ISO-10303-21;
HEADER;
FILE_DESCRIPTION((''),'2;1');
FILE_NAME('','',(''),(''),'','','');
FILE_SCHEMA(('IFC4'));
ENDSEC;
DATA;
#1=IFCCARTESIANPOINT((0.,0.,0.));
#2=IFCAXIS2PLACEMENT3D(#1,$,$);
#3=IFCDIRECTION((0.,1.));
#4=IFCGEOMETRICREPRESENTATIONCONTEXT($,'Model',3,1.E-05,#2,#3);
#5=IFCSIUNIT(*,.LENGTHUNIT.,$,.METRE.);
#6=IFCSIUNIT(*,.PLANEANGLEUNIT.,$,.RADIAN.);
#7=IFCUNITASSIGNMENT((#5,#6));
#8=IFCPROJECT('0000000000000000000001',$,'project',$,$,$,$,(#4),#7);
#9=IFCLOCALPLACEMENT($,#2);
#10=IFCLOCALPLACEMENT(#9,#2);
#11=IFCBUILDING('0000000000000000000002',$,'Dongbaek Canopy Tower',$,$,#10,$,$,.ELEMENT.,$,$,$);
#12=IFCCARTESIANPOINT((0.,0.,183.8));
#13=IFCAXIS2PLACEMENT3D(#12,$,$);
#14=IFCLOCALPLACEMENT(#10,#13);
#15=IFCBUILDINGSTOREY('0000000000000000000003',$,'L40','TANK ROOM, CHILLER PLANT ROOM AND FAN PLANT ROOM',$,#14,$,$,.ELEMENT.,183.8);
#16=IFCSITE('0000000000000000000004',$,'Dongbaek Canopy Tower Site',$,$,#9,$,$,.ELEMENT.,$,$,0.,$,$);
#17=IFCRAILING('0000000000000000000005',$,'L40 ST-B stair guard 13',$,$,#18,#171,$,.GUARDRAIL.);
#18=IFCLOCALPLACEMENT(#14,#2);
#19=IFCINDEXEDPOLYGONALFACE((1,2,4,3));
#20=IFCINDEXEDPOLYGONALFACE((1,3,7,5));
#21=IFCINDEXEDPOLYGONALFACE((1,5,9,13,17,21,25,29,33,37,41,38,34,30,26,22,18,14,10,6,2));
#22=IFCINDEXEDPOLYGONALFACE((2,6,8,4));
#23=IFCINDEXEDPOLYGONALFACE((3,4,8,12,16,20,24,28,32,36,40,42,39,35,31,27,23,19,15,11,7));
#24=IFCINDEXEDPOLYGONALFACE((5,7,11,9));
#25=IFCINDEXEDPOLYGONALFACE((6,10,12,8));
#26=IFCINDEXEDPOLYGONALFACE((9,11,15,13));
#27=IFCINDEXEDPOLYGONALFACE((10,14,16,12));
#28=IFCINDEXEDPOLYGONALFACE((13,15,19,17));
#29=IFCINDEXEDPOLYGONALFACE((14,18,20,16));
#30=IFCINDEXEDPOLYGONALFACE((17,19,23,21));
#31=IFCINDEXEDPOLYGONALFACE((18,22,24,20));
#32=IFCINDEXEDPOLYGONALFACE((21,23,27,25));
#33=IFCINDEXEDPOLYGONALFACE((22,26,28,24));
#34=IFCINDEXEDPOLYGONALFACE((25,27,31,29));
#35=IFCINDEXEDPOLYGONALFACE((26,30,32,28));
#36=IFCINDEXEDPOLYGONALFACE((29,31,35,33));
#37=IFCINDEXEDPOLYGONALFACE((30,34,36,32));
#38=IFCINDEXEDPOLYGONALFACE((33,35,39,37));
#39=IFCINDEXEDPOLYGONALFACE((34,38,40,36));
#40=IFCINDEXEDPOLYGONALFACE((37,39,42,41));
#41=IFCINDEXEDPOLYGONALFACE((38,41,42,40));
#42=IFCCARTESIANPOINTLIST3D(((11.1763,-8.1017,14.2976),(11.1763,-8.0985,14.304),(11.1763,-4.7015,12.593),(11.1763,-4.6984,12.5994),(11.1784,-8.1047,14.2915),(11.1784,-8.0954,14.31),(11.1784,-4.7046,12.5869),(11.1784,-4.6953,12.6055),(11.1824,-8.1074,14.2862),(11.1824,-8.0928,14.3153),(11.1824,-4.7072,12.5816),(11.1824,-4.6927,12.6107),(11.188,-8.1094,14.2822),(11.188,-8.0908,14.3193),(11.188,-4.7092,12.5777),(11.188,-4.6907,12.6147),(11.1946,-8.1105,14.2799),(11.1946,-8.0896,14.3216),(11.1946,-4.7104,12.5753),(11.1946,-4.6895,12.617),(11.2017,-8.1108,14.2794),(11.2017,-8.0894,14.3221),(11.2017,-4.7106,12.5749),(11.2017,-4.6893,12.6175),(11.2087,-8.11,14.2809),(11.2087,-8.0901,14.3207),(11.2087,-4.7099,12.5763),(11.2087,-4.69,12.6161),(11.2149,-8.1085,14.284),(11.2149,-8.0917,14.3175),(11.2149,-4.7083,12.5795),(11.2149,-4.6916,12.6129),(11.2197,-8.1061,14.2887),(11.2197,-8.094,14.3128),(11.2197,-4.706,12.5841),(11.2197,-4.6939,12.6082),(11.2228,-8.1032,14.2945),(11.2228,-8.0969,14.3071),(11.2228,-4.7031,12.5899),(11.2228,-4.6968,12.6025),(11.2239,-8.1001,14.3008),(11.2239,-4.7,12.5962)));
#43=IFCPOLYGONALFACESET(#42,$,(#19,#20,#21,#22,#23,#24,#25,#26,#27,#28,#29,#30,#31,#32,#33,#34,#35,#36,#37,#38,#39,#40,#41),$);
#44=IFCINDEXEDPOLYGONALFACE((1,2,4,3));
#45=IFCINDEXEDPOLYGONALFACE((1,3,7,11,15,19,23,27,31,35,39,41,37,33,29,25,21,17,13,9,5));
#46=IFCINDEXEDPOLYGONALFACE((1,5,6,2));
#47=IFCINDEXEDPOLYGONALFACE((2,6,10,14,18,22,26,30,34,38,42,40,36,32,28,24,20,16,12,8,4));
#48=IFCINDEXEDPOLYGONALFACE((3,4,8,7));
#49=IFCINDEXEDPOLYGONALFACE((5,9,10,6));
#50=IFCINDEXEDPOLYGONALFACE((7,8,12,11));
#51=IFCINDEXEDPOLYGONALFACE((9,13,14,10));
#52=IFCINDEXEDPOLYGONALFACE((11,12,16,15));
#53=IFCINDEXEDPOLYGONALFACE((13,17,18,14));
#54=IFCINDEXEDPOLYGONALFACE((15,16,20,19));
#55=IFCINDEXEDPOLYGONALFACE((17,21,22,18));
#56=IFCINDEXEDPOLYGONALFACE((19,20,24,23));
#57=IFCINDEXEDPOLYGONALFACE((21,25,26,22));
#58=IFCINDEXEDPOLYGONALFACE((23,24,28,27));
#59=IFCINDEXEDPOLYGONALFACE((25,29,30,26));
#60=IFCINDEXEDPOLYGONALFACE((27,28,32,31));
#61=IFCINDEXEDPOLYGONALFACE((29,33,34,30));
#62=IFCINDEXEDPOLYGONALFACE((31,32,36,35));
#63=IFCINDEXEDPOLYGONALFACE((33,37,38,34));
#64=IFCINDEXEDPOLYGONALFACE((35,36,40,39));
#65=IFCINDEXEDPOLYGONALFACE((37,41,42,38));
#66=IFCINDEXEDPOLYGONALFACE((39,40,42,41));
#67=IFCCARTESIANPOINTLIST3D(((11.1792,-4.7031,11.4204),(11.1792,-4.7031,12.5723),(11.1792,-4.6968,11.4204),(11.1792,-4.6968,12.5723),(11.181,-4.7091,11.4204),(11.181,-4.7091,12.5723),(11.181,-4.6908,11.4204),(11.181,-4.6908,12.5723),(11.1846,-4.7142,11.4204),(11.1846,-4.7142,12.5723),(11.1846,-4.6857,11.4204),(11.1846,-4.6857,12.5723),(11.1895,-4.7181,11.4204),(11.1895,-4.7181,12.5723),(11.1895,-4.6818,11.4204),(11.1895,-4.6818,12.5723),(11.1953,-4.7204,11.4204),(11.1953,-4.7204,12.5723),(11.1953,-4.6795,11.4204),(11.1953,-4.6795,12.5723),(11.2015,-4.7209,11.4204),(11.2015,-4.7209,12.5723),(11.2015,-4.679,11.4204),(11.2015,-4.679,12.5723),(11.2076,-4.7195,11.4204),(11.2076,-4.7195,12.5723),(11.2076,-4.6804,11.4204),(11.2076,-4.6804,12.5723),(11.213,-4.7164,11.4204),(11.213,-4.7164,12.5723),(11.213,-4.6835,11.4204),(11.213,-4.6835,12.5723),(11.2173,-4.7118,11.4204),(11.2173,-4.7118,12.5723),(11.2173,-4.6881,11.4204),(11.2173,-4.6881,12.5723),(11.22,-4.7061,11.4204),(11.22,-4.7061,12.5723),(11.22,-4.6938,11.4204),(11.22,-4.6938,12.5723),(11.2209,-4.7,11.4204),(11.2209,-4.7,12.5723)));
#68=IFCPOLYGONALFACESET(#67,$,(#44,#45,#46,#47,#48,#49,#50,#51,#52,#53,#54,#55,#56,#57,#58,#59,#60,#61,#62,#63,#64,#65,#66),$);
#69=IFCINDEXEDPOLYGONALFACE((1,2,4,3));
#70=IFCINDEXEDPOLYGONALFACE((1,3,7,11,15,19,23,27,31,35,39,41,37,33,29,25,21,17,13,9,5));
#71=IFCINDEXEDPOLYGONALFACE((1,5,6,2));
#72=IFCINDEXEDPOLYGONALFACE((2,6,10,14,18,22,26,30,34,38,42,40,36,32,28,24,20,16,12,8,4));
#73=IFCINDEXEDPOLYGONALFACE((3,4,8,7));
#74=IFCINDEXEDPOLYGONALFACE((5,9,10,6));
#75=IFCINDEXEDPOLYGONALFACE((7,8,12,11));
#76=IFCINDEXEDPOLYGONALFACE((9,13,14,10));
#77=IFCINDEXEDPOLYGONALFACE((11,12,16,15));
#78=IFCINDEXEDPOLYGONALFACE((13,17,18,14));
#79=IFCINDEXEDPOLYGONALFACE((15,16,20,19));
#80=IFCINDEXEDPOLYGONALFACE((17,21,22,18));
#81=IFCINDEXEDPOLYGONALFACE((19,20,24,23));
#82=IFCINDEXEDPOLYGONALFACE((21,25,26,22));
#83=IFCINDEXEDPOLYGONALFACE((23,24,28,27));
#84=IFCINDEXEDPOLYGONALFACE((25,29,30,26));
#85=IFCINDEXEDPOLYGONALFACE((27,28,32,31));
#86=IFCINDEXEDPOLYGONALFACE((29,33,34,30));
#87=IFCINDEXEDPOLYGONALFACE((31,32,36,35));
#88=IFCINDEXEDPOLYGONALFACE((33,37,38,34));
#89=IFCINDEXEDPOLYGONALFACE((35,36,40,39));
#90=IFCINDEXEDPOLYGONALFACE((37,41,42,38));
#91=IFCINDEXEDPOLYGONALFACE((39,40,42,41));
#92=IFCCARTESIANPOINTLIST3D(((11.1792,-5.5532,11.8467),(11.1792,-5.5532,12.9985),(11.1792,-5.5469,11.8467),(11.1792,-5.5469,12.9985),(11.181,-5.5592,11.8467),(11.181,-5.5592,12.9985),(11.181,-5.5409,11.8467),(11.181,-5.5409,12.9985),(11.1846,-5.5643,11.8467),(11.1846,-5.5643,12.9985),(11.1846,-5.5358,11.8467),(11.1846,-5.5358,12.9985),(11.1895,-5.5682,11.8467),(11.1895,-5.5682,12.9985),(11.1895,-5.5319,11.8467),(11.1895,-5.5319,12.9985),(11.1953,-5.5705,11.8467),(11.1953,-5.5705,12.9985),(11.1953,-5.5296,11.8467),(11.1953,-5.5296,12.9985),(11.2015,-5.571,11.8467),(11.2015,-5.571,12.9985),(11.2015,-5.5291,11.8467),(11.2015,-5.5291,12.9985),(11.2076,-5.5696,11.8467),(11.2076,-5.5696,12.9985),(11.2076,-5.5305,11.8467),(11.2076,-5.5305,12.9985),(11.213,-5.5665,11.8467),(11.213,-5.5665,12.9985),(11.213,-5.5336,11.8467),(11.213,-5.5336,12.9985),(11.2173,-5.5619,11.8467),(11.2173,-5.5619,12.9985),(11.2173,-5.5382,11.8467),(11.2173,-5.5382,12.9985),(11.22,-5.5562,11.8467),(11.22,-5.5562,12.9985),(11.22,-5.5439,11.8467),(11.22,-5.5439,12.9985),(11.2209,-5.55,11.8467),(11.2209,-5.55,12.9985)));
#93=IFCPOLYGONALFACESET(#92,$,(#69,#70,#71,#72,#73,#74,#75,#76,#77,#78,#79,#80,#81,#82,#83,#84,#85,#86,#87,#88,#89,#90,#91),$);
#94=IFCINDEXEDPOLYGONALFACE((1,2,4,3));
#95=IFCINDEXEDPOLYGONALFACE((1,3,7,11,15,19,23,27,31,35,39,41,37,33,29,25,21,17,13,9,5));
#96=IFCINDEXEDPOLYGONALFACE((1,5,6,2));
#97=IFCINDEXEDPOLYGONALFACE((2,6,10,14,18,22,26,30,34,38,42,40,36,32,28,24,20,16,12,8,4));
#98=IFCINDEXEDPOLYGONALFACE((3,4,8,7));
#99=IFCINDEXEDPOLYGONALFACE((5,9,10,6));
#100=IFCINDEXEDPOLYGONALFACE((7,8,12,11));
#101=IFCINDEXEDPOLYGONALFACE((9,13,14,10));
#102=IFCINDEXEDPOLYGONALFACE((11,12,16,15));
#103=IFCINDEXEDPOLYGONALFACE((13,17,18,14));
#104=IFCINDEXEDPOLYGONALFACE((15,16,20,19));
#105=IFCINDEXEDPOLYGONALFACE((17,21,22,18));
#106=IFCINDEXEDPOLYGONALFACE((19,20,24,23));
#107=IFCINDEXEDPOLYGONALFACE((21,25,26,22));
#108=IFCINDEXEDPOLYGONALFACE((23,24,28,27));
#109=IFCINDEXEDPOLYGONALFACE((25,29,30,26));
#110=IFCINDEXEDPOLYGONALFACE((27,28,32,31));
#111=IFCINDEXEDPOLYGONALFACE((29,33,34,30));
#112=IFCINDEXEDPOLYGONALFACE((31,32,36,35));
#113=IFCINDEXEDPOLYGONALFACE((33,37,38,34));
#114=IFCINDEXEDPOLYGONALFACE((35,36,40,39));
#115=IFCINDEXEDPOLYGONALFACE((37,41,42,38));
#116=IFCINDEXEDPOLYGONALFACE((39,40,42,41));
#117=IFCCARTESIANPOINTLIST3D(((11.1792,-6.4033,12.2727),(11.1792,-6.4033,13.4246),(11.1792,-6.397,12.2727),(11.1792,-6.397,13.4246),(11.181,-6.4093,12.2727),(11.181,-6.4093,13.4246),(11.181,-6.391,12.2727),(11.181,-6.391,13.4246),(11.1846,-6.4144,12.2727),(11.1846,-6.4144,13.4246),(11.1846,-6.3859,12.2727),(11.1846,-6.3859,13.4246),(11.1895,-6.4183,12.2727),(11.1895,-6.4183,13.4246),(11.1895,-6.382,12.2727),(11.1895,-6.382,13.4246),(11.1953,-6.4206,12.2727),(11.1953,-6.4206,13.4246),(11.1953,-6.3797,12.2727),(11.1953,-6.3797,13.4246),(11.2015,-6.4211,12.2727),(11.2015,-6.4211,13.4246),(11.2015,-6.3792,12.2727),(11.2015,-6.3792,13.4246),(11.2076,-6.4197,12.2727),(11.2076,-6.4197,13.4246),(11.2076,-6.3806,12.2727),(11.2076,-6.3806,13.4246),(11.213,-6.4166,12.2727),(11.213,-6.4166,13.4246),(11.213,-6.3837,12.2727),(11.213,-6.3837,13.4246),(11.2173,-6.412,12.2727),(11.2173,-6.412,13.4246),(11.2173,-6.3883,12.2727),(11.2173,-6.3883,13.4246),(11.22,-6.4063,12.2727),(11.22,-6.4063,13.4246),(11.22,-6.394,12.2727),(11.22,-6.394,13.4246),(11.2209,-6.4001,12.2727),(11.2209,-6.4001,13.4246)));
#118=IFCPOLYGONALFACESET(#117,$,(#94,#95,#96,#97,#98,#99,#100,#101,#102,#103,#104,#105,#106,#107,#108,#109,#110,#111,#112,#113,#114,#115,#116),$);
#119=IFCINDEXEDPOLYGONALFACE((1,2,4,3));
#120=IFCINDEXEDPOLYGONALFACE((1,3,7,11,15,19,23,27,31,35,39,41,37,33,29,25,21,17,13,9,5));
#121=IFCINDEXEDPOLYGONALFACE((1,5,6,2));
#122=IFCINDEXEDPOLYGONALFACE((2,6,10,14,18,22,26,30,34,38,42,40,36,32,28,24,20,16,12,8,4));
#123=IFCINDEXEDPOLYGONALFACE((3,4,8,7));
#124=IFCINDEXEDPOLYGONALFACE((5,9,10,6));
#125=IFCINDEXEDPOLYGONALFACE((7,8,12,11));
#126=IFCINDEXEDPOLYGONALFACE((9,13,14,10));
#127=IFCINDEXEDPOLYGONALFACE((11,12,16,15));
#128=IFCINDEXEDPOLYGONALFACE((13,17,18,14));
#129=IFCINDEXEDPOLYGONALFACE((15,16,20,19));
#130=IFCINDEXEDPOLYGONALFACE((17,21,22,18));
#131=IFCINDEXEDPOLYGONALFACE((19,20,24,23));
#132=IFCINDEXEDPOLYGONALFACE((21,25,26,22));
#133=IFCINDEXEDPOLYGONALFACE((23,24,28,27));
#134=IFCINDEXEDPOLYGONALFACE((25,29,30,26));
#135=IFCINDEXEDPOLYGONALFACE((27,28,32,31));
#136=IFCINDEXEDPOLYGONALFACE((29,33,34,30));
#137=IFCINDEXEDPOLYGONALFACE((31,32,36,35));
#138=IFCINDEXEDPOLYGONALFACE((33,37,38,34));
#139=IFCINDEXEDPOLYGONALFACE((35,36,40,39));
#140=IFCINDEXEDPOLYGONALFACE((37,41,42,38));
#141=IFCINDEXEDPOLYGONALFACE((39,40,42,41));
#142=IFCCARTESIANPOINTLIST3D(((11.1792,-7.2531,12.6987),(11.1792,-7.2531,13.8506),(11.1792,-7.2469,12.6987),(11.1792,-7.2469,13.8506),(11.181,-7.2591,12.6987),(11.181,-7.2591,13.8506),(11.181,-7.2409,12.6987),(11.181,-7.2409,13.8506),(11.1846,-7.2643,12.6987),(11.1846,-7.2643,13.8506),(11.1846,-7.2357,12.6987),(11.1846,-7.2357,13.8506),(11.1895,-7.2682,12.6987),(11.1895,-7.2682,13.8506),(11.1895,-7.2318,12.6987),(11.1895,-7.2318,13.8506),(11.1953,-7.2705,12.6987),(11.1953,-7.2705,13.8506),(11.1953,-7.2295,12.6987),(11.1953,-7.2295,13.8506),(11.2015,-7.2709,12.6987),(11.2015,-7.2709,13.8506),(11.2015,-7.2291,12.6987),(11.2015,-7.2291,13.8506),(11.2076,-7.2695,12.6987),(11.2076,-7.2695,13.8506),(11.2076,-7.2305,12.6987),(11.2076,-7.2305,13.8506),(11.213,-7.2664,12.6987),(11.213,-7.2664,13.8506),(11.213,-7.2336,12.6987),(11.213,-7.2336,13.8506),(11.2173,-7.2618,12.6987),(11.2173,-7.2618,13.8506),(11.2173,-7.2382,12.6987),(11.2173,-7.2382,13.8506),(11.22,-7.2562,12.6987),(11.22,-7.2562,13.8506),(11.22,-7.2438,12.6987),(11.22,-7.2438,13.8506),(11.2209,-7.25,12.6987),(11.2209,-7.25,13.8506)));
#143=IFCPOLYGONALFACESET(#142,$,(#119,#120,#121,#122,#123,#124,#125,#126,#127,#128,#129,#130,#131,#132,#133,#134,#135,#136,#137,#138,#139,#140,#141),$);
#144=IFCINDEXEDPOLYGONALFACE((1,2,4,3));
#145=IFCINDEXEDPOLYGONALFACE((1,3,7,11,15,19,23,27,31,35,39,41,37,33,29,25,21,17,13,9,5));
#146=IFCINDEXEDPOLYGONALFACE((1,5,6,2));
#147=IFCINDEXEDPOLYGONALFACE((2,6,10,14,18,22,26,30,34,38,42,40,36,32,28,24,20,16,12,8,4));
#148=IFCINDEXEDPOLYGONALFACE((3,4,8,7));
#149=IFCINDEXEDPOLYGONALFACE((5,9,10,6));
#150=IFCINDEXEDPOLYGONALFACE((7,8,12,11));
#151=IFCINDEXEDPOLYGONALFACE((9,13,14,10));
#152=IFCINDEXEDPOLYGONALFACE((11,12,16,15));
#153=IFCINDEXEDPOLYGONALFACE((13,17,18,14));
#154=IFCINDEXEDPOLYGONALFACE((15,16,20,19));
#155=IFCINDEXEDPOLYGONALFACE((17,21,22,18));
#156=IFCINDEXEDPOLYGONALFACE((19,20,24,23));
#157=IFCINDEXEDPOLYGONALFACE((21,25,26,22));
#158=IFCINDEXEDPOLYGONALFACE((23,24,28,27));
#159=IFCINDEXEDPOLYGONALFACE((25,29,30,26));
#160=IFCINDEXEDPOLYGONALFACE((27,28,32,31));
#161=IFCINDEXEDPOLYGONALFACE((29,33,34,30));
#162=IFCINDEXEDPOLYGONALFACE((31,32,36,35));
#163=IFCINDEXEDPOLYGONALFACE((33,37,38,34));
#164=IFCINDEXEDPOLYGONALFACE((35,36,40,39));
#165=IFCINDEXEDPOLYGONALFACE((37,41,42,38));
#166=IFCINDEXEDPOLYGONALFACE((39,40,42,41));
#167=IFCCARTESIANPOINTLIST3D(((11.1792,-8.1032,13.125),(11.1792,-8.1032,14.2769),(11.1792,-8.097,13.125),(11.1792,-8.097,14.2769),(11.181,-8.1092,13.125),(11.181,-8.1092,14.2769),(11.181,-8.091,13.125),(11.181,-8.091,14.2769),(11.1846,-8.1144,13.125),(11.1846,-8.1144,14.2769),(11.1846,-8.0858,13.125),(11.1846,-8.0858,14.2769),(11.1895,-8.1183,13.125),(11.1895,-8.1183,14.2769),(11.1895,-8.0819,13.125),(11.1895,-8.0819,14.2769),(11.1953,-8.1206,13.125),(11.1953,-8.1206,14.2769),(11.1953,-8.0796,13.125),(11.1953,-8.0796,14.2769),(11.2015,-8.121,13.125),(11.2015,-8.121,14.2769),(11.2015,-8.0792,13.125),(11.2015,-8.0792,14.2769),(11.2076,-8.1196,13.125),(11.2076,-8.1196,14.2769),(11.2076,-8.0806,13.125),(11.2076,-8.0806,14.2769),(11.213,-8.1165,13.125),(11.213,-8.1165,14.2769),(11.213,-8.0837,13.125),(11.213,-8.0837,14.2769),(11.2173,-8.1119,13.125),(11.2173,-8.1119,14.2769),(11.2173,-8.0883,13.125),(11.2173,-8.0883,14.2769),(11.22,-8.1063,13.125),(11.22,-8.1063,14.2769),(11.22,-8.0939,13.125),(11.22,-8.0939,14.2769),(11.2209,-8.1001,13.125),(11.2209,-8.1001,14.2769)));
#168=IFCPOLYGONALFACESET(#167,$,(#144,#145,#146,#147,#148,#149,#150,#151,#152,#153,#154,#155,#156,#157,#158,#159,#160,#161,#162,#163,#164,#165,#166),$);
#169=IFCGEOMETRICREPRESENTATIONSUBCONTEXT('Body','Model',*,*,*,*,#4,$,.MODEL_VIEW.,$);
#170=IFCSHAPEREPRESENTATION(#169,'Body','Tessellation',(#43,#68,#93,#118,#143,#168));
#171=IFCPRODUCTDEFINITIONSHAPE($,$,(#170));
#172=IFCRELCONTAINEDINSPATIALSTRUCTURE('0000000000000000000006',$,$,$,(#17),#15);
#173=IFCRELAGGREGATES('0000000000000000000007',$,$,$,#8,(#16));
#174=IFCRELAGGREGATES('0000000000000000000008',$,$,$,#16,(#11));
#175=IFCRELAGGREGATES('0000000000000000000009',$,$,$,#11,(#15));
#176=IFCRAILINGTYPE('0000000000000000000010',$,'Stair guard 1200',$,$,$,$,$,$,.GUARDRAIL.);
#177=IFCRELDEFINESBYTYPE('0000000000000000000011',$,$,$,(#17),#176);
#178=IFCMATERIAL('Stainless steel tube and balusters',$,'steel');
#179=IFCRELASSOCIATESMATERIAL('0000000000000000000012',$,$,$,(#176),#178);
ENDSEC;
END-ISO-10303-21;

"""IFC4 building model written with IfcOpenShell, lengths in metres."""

from ifc_helpers import new_model, si_unit, direction, frame, origin, origin_2d, place, context, subcontext, project, spatial, circle, extrude, material, type_object, element, save


model = new_model("IFC4")

# Units and contexts
model_context = context("Model", 3, precision=1e-05, world=origin(), true_north=direction((0.0, 1.0)))
body_context = subcontext(model_context, "Body", "Model", "MODEL_VIEW")
ifc_project = project(units=[si_unit("LENGTHUNIT", "METRE"), si_unit("PLANEANGLEUNIT", "RADIAN")], contexts=[model_context])

# Site, building, storey
site_placement = place(None, origin())
site = spatial("IfcSite", under=ifc_project, at=site_placement, Name="Dongbaek Canopy Tower Site", CompositionType="ELEMENT", RefElevation=0.0)
building_placement = place(site_placement, origin())
building = spatial("IfcBuilding", under=site, at=building_placement, Name="Dongbaek Canopy Tower", CompositionType="ELEMENT")
storey_placement = place(building_placement, frame((0.0, 0.0, 183.8)))
storey = spatial("IfcBuildingStorey", under=building, at=storey_placement, Name="L40", Description="TANK ROOM, CHILLER PLANT ROOM AND FAN PLANT ROOM", CompositionType="ELEMENT", Elevation=183.8)

# Railing
ifc_material_1 = material(Name="Stainless steel tube and balusters", Category="steel")
railing_type_1 = type_object("IfcRailingType", Name="Stair guard 1200", PredefinedType="GUARDRAIL", material=ifc_material_1)
for number, where, name in (
    (1, (11.2, -4.7, 11.4204), "L40 ST-B stair guard 13"),
):
    element("IfcRailing", number, at=place(storey_placement, frame(where)), inside=storey, type_object=railing_type_1, Name=name, PredefinedType="GUARDRAIL", context=body_context, shape_type="SweptSolid", body=[
        extrude(circle(Radius=0.0239, at=origin_2d()), frame((0.0, 0.0, 1.1758), z_axis=(0.0, -0.893952, 0.448163), x_axis=(1.0, 0.0, 0.0)), (0.0, 0.0, 1.0), 3.8035),
        extrude(circle(Radius=0.021, at=origin_2d()), origin(), (0.0, 0.0, 1.0), 1.1519),
        extrude(circle(Radius=0.021, at=origin_2d()), frame((0.0, -0.8501, 0.4263)), (0.0, 0.0, 1.0), 1.1519),
        extrude(circle(Radius=0.021, at=origin_2d()), frame((0.0, -1.7002, 0.8523)), (0.0, 0.0, 1.0), 1.1519),
        extrude(circle(Radius=0.021, at=origin_2d()), frame((0.0, -2.55, 1.2783)), (0.0, 0.0, 1.0), 1.1519),
        extrude(circle(Radius=0.021, at=origin_2d()), frame((0.0, -3.4001, 1.7046)), (0.0, 0.0, 1.0), 1.1519),
    ])

save(model, "model.ifc")
